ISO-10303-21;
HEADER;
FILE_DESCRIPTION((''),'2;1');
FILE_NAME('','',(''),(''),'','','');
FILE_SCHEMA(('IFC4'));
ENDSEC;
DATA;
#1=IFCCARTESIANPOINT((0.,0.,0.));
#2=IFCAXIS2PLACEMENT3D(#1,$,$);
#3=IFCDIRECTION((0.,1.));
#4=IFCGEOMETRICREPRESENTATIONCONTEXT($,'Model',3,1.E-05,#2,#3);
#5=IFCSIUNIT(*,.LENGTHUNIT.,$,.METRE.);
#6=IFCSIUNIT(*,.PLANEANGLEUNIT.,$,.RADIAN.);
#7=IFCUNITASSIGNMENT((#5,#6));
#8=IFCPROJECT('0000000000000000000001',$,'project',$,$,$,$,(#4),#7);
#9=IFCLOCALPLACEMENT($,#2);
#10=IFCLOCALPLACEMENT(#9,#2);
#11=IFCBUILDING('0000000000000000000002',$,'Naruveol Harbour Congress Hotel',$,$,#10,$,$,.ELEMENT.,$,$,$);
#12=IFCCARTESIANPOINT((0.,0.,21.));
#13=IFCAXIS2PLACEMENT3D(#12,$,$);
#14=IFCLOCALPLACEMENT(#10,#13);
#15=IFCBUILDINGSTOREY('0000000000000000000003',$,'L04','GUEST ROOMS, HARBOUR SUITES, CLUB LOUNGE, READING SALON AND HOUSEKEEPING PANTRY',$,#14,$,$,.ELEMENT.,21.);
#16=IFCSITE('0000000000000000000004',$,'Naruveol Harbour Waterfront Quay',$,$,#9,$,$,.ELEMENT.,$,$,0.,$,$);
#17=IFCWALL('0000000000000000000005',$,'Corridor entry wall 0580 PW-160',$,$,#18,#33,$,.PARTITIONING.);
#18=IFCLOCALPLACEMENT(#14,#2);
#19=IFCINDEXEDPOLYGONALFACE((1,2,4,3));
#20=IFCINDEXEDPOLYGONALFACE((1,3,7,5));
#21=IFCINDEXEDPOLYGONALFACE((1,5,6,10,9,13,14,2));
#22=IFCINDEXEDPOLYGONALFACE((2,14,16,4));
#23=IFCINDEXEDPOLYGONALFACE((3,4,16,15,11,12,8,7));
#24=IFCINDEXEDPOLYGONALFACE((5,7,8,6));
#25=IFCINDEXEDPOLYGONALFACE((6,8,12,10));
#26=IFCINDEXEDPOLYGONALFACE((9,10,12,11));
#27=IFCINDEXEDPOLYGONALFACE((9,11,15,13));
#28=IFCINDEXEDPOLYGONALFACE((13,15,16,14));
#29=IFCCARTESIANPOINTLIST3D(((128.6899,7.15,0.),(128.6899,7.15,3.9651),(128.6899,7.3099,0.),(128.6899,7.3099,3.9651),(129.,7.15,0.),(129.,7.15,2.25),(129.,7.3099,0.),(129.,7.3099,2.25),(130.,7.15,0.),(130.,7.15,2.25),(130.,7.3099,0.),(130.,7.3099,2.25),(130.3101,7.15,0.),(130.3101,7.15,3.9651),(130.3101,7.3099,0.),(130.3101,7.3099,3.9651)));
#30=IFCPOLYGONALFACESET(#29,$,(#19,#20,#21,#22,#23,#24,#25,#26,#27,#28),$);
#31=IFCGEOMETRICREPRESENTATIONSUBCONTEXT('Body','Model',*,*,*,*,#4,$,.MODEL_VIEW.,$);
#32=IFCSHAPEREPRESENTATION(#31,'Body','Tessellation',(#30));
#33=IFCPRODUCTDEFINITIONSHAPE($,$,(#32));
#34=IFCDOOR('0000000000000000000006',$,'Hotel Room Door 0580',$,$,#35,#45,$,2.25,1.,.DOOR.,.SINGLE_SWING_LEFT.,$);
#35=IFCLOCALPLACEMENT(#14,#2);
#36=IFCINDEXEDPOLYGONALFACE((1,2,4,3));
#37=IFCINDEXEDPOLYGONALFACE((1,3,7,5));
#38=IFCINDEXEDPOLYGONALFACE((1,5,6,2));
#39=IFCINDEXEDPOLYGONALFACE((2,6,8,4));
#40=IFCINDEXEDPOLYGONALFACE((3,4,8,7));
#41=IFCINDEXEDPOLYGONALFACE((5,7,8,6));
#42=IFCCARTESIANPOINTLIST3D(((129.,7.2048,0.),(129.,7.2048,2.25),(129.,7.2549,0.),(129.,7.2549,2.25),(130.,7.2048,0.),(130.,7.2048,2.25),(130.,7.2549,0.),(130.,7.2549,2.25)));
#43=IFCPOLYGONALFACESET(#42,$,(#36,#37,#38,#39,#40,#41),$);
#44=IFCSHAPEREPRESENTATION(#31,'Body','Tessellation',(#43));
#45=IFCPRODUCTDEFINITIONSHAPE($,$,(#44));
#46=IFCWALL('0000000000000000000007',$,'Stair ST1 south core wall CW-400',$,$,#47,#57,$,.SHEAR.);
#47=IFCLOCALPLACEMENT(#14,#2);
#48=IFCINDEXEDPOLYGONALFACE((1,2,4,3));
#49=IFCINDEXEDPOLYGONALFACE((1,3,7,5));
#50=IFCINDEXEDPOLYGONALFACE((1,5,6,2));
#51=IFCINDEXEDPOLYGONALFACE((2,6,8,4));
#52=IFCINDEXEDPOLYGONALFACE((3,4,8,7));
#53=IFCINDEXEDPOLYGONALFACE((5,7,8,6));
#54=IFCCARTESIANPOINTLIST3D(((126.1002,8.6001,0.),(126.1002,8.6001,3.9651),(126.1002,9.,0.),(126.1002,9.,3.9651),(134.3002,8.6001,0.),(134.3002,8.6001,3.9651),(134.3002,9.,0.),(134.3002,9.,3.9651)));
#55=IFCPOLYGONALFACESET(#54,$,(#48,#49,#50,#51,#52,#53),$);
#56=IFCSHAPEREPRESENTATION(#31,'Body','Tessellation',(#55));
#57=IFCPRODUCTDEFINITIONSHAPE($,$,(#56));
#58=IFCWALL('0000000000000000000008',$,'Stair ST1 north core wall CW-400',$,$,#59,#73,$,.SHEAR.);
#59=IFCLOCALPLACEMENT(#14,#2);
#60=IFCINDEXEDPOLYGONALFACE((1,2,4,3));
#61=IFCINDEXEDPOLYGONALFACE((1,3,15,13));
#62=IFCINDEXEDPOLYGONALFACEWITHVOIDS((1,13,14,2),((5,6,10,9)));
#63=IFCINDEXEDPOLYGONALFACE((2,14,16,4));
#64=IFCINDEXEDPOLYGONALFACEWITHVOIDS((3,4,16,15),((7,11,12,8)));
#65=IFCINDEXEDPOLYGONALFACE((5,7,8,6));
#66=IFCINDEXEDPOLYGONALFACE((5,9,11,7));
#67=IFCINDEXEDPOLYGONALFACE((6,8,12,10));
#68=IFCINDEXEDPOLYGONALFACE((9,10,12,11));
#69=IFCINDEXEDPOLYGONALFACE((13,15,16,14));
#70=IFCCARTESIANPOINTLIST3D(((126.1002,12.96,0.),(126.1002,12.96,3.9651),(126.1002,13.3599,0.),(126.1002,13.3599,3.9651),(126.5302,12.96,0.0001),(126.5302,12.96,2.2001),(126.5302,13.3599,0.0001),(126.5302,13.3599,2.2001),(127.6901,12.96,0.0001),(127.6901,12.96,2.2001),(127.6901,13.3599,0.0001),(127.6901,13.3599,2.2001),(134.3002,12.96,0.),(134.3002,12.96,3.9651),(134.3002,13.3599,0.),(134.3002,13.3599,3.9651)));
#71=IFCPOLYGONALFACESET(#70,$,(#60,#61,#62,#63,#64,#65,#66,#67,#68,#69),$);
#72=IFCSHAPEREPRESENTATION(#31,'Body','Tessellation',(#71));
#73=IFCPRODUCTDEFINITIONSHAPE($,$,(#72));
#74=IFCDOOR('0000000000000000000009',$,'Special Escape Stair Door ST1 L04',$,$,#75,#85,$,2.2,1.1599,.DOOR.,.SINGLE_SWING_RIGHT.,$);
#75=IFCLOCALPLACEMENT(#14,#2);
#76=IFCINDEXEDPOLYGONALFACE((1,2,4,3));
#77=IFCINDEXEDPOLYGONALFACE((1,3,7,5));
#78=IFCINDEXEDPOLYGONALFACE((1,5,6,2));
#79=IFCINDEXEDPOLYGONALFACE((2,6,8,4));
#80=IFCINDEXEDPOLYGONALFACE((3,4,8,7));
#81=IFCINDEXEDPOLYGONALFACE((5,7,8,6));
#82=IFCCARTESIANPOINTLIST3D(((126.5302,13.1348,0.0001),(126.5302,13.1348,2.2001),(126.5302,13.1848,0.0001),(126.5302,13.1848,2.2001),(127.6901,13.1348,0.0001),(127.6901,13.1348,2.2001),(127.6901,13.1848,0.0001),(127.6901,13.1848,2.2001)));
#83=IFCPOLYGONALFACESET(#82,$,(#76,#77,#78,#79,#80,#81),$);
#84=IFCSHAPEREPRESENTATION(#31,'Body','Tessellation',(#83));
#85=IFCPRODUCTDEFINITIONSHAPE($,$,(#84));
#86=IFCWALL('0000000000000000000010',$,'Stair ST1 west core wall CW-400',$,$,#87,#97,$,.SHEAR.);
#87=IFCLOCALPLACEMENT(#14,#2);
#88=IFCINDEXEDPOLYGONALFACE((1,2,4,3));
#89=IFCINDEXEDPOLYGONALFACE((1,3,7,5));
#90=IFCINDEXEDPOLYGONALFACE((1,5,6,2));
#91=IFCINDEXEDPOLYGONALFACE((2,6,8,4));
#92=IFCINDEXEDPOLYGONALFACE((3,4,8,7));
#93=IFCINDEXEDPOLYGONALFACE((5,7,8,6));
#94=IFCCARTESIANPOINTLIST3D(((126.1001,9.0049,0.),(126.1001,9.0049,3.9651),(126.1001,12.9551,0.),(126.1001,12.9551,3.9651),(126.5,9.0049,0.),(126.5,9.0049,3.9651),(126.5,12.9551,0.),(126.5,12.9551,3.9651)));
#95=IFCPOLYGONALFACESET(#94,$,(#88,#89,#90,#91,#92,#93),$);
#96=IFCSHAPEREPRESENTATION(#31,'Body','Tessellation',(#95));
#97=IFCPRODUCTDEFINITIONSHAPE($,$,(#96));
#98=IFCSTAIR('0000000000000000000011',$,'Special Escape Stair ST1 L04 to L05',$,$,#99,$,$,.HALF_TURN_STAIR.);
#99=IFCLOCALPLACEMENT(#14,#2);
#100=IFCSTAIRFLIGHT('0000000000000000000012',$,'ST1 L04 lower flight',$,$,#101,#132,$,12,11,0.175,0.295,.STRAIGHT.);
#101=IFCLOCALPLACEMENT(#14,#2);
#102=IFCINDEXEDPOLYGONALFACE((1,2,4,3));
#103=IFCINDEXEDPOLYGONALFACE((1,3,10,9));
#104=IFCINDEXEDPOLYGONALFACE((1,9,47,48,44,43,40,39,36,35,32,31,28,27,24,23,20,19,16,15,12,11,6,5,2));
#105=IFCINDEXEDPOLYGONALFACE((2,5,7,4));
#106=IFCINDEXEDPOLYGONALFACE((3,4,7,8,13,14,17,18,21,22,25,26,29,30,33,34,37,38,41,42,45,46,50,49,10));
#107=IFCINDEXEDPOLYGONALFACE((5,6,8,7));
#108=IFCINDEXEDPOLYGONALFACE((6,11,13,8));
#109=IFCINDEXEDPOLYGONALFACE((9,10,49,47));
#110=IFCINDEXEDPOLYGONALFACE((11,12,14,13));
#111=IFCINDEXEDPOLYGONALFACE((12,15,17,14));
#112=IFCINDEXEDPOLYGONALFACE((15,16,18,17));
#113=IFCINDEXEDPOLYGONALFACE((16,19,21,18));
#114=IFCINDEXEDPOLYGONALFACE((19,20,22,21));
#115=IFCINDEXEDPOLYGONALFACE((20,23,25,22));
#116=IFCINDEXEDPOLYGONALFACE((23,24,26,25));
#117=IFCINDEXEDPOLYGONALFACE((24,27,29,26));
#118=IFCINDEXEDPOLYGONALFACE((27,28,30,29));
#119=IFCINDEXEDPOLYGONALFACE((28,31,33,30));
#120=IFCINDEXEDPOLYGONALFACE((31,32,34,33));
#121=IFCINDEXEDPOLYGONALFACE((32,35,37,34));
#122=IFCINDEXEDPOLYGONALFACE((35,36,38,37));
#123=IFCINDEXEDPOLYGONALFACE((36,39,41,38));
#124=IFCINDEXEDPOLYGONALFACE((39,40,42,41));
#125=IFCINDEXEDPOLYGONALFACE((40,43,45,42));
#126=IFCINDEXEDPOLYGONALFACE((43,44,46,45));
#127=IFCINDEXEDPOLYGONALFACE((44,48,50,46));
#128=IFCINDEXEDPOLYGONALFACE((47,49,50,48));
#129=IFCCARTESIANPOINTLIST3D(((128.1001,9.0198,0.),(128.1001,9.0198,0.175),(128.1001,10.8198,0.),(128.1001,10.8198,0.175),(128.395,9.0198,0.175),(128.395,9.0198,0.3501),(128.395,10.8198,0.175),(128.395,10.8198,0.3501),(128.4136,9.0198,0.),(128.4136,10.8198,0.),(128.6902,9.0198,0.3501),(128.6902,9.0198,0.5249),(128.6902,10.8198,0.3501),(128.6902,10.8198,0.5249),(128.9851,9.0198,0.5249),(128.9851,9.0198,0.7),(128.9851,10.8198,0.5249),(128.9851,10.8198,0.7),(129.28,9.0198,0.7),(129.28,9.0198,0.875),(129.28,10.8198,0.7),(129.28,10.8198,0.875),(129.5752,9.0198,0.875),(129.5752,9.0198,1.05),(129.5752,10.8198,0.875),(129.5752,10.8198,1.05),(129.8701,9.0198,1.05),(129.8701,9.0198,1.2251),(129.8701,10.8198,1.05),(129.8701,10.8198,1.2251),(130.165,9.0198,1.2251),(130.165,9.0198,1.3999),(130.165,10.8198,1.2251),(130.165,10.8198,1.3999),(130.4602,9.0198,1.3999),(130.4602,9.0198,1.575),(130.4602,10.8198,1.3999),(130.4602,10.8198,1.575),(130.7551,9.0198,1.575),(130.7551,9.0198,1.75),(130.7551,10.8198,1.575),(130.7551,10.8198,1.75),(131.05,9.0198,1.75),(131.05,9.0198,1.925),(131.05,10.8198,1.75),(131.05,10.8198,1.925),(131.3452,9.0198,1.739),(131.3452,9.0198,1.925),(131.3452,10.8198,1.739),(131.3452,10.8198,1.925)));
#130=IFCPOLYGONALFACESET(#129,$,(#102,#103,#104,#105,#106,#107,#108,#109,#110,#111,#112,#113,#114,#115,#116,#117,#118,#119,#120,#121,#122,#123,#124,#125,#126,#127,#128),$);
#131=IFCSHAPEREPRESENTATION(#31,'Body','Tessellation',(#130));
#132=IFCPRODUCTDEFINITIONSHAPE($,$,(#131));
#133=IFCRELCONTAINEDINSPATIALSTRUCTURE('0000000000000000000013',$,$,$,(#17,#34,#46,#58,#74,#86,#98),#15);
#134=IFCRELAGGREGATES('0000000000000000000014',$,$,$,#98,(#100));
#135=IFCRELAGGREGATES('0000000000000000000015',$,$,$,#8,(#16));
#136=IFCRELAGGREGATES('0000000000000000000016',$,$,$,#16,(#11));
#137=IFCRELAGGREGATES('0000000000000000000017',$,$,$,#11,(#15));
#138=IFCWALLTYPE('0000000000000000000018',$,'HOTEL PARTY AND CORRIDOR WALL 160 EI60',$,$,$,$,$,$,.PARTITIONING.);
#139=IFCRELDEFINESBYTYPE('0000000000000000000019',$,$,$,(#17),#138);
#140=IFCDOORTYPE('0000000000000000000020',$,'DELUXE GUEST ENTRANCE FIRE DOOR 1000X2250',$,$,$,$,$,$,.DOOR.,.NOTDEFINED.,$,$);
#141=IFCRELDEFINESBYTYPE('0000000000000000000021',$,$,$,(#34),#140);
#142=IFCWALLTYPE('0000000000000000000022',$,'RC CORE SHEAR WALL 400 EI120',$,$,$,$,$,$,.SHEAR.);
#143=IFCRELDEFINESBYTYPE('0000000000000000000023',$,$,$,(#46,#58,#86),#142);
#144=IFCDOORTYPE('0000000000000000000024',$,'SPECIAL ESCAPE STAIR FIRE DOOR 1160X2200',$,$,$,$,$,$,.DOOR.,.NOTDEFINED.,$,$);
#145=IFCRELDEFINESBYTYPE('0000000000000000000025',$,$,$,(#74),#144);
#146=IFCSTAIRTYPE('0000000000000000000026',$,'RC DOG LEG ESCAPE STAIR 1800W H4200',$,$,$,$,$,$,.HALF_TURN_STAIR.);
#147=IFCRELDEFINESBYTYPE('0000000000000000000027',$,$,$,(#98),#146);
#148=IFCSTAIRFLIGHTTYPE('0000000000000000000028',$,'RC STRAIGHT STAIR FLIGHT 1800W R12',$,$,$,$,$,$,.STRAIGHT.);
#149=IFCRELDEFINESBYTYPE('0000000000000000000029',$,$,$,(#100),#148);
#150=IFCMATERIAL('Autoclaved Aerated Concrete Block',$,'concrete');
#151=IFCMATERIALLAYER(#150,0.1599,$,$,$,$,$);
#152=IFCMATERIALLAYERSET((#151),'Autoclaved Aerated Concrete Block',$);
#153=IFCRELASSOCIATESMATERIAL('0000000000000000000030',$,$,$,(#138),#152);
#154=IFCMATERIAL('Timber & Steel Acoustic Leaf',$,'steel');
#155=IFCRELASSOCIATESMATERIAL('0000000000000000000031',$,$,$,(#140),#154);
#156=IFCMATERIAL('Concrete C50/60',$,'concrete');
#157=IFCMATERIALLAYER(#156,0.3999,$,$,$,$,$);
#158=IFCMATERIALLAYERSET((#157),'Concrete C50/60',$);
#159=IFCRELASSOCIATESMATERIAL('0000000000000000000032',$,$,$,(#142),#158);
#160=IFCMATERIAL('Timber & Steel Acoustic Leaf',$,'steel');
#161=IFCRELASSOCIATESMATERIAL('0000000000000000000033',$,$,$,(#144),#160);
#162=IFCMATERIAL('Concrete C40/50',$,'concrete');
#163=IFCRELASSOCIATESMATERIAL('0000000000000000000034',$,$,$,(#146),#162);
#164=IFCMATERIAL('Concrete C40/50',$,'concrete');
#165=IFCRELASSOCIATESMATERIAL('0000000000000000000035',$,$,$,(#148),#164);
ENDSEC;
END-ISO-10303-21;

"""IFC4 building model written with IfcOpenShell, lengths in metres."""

from ifc_helpers import new_model, si_unit, direction, frame, frame_2d, origin, place, context, subcontext, project, spatial, polyline, rectangle, outline, extrude, material, layer, layer_set, type_object, element, fill, aggregate, save


model = new_model("IFC4")

# Units and contexts
model_context = context("Model", 3, precision=1e-05, world=origin(), true_north=direction((0.0, 1.0)))
body_context = subcontext(model_context, "Body", "Model", "MODEL_VIEW")
ifc_project = project(units=[si_unit("LENGTHUNIT", "METRE"), si_unit("PLANEANGLEUNIT", "RADIAN")], contexts=[model_context])

# Site, building, storey
site_placement = place(None, origin())
site = spatial("IfcSite", under=ifc_project, at=site_placement, Name="Naruveol Harbour Waterfront Quay", CompositionType="ELEMENT", RefElevation=0.0)
building_placement = place(site_placement, origin())
building = spatial("IfcBuilding", under=site, at=building_placement, Name="Naruveol Harbour Congress Hotel", CompositionType="ELEMENT")
storey_placement = place(building_placement, frame((0.0, 0.0, 21.0)))
storey = spatial("IfcBuildingStorey", under=building, at=storey_placement, Name="L04", Description="GUEST ROOMS, HARBOUR SUITES, CLUB LOUNGE, READING SALON AND HOUSEKEEPING PANTRY", CompositionType="ELEMENT", Elevation=21.0)

# Shared definitions
ifc_material_1 = material(Name="Autoclaved Aerated Concrete Block", Category="concrete")
ifc_layer_1 = layer(ifc_material_1, 0.1599)
ifc_layer_set_1 = layer_set([ifc_layer_1], Name="Autoclaved Aerated Concrete Block")
wall_type_1 = type_object("IfcWallType", Name="HOTEL PARTY AND CORRIDOR WALL 160 EI60", PredefinedType="PARTITIONING", material=ifc_layer_set_1)

# Wall, opening, door
wall_1_placement = place(storey_placement, frame((128.6899, 7.23, 0.0), z_axis=(0.0, 0.0, 1.0), x_axis=(1.0, 0.0, 0.0)))
wall_1 = element("IfcWall", 1, at=wall_1_placement, inside=storey, type_object=wall_type_1, Name="Corridor entry wall 0580 PW-160", PredefinedType="PARTITIONING", context=body_context, shape_type="SweptSolid", body=[
    extrude(rectangle(XDim=1.6201, YDim=0.1599, at=frame_2d((0.8101, 0.0))), origin(), (0.0, 0.0, 1.0), 3.9651),
])
opening_1_placement = place(wall_1_placement, frame((0.3101, 0.0, 0.0)))
opening_1 = element("IfcOpeningElement", 2, at=opening_1_placement, cuts=wall_1, PredefinedType="OPENING", context=body_context, shape_type="SweptSolid", body=[
    extrude(rectangle(XDim=1.0, YDim=2.25, at=frame_2d((0.5, 1.125))), frame((0.0, 0.0898, 0.0), z_axis=(0.0, -1.0, 0.0), x_axis=(1.0, 0.0, 0.0)), (0.0, 0.0, 1.0), 0.1799),
])
ifc_material_2 = material(Name="Timber & Steel Acoustic Leaf", Category="steel")
door_type_1 = type_object("IfcDoorType", Name="DELUXE GUEST ENTRANCE FIRE DOOR 1000X2250", OperationType="NOTDEFINED", PredefinedType="DOOR", material=ifc_material_2)
door_1_placement = place(opening_1_placement, origin())
door_1 = element("IfcDoor", 3, at=door_1_placement, inside=storey, type_object=door_type_1, Name="Hotel Room Door 0580", OperationType="SINGLE_SWING_LEFT", OverallHeight=2.25, OverallWidth=1.0, PredefinedType="DOOR", context=body_context, shape_type="SweptSolid", body=[
    extrude(rectangle(XDim=1.0, YDim=2.25, at=frame_2d((0.5, 1.125))), frame((0.0, 0.0249, 0.0), z_axis=(0.0, -1.0, 0.0), x_axis=(1.0, 0.0, 0.0)), (0.0, 0.0, 1.0), 0.05),
])
fill(opening_1, door_1)

# Wall
ifc_material_3 = material(Name="Concrete C50/60", Category="concrete")
ifc_layer_2 = layer(ifc_material_3, 0.3999)
ifc_layer_set_2 = layer_set([ifc_layer_2], Name="Concrete C50/60")
wall_type_2 = type_object("IfcWallType", Name="RC CORE SHEAR WALL 400 EI120", PredefinedType="SHEAR", material=ifc_layer_set_2)
wall_2_placement = place(storey_placement, frame((126.1001, 8.8, 0.0), z_axis=(0.0, 0.0, 1.0), x_axis=(1.0, 0.0, 0.0)))
element("IfcWall", 4, at=wall_2_placement, inside=storey, type_object=wall_type_2, Name="Stair ST1 south core wall CW-400", PredefinedType="SHEAR", context=body_context, shape_type="SweptSolid", body=[
    extrude(rectangle(XDim=8.2, YDim=0.3999, at=frame_2d((4.1001, 0.0))), origin(), (0.0, 0.0, 1.0), 3.9651),
])

# Wall, opening, door
wall_3_placement = place(storey_placement, frame((126.1001, 13.1599, 0.0), z_axis=(0.0, 0.0, 1.0), x_axis=(1.0, 0.0, 0.0)))
wall_3 = element("IfcWall", 5, at=wall_3_placement, inside=storey, type_object=wall_type_2, Name="Stair ST1 north core wall CW-400", PredefinedType="SHEAR", context=body_context, shape_type="SweptSolid", body=[
    extrude(rectangle(XDim=8.2, YDim=0.3999, at=frame_2d((4.1001, 0.0))), origin(), (0.0, 0.0, 1.0), 3.9651),
])
opening_2_placement = place(wall_3_placement, frame((0.4299, 0.0, 0.0)))
opening_2 = element("IfcOpeningElement", 6, at=opening_2_placement, cuts=wall_3, PredefinedType="OPENING", context=body_context, shape_type="SweptSolid", body=[
    extrude(rectangle(XDim=1.1599, YDim=2.2, at=frame_2d((0.5801, 1.1001))), frame((0.0, 0.21, 0.0), z_axis=(0.0, -1.0, 0.0), x_axis=(1.0, 0.0, 0.0)), (0.0, 0.0, 1.0), 0.4199),
])
ifc_material_4 = material(Name="Timber & Steel Acoustic Leaf", Category="steel")
door_type_2 = type_object("IfcDoorType", Name="SPECIAL ESCAPE STAIR FIRE DOOR 1160X2200", OperationType="NOTDEFINED", PredefinedType="DOOR", material=ifc_material_4)
door_2_placement = place(opening_2_placement, origin())
door_2 = element("IfcDoor", 7, at=door_2_placement, inside=storey, type_object=door_type_2, Name="Special Escape Stair Door ST1 L04", OperationType="SINGLE_SWING_RIGHT", OverallHeight=2.2, OverallWidth=1.1599, PredefinedType="DOOR", context=body_context, shape_type="SweptSolid", body=[
    extrude(rectangle(XDim=1.1599, YDim=2.2, at=frame_2d((0.5801, 1.1001))), frame((0.0, 0.0249, 0.0), z_axis=(0.0, -1.0, 0.0), x_axis=(1.0, 0.0, 0.0)), (0.0, 0.0, 1.0), 0.05),
])
fill(opening_2, door_2)

# Wall
wall_4_placement = place(storey_placement, frame((126.3, 9.0049, 0.0), z_axis=(0.0, 0.0, 1.0), x_axis=(0.0, 1.0, 0.0)))
element("IfcWall", 8, at=wall_4_placement, inside=storey, type_object=wall_type_2, Name="Stair ST1 west core wall CW-400", PredefinedType="SHEAR", context=body_context, shape_type="SweptSolid", body=[
    extrude(rectangle(XDim=3.9502, YDim=0.3999, at=frame_2d((1.9751, 0.0))), origin(), (0.0, 0.0, 1.0), 3.9651),
])

# Stair, stair flight
ifc_material_5 = material(Name="Concrete C40/50", Category="concrete")
stair_type = type_object("IfcStairType", Name="RC DOG LEG ESCAPE STAIR 1800W H4200", PredefinedType="HALF_TURN_STAIR", material=ifc_material_5)
stair_placement = place(storey_placement, origin())
stair = element("IfcStair", 9, at=stair_placement, inside=storey, type_object=stair_type, Name="Special Escape Stair ST1 L04 to L05", PredefinedType="HALF_TURN_STAIR")
ifc_material_6 = material(Name="Concrete C40/50", Category="concrete")
stair_flight_type = type_object("IfcStairFlightType", Name="RC STRAIGHT STAIR FLIGHT 1800W R12", PredefinedType="STRAIGHT", material=ifc_material_6)
stair_flight_placement = place(storey_placement, frame((128.1001, 9.9199, 0.0), z_axis=(0.0, 0.0, 1.0), x_axis=(1.0, 0.0, 0.0)))
stair_flight = element("IfcStairFlight", 10, at=stair_flight_placement, type_object=stair_flight_type, Name="ST1 L04 lower flight", NumberOfRisers=12, NumberOfTreads=11, PredefinedType="STRAIGHT", RiserHeight=0.175, TreadLength=0.295, context=body_context, shape_type="SweptSolid", body=[
    extrude(outline(polyline([(0.0, 0.0), (0.0, 0.175), (0.2949, 0.175), (0.2949, 0.3501), (0.5901, 0.3501), (0.5901, 0.5249), (0.885, 0.5249), (0.885, 0.7), (1.1799, 0.7), (1.1799, 0.875), (1.4751, 0.875), (1.4751, 1.05), (1.77, 1.05), (1.77, 1.2251), (2.0649, 1.2251), (2.0649, 1.3999), (2.3601, 1.3999), (2.3601, 1.575), (2.655, 1.575), (2.655, 1.75), (2.95, 1.75), (2.95, 1.925), (3.2451, 1.925), (3.2451, 2.1001), (3.2451, 1.739), (0.3135, 0.0), (0.0, 0.0)])), frame((0.0, 0.8999, 0.0), z_axis=(0.0, -1.0, 0.0), x_axis=(1.0, 0.0, 0.0)), (0.0, 0.0, 1.0), 1.8),
])
aggregate(stair, [stair_flight])

save(model, "model.ifc")
